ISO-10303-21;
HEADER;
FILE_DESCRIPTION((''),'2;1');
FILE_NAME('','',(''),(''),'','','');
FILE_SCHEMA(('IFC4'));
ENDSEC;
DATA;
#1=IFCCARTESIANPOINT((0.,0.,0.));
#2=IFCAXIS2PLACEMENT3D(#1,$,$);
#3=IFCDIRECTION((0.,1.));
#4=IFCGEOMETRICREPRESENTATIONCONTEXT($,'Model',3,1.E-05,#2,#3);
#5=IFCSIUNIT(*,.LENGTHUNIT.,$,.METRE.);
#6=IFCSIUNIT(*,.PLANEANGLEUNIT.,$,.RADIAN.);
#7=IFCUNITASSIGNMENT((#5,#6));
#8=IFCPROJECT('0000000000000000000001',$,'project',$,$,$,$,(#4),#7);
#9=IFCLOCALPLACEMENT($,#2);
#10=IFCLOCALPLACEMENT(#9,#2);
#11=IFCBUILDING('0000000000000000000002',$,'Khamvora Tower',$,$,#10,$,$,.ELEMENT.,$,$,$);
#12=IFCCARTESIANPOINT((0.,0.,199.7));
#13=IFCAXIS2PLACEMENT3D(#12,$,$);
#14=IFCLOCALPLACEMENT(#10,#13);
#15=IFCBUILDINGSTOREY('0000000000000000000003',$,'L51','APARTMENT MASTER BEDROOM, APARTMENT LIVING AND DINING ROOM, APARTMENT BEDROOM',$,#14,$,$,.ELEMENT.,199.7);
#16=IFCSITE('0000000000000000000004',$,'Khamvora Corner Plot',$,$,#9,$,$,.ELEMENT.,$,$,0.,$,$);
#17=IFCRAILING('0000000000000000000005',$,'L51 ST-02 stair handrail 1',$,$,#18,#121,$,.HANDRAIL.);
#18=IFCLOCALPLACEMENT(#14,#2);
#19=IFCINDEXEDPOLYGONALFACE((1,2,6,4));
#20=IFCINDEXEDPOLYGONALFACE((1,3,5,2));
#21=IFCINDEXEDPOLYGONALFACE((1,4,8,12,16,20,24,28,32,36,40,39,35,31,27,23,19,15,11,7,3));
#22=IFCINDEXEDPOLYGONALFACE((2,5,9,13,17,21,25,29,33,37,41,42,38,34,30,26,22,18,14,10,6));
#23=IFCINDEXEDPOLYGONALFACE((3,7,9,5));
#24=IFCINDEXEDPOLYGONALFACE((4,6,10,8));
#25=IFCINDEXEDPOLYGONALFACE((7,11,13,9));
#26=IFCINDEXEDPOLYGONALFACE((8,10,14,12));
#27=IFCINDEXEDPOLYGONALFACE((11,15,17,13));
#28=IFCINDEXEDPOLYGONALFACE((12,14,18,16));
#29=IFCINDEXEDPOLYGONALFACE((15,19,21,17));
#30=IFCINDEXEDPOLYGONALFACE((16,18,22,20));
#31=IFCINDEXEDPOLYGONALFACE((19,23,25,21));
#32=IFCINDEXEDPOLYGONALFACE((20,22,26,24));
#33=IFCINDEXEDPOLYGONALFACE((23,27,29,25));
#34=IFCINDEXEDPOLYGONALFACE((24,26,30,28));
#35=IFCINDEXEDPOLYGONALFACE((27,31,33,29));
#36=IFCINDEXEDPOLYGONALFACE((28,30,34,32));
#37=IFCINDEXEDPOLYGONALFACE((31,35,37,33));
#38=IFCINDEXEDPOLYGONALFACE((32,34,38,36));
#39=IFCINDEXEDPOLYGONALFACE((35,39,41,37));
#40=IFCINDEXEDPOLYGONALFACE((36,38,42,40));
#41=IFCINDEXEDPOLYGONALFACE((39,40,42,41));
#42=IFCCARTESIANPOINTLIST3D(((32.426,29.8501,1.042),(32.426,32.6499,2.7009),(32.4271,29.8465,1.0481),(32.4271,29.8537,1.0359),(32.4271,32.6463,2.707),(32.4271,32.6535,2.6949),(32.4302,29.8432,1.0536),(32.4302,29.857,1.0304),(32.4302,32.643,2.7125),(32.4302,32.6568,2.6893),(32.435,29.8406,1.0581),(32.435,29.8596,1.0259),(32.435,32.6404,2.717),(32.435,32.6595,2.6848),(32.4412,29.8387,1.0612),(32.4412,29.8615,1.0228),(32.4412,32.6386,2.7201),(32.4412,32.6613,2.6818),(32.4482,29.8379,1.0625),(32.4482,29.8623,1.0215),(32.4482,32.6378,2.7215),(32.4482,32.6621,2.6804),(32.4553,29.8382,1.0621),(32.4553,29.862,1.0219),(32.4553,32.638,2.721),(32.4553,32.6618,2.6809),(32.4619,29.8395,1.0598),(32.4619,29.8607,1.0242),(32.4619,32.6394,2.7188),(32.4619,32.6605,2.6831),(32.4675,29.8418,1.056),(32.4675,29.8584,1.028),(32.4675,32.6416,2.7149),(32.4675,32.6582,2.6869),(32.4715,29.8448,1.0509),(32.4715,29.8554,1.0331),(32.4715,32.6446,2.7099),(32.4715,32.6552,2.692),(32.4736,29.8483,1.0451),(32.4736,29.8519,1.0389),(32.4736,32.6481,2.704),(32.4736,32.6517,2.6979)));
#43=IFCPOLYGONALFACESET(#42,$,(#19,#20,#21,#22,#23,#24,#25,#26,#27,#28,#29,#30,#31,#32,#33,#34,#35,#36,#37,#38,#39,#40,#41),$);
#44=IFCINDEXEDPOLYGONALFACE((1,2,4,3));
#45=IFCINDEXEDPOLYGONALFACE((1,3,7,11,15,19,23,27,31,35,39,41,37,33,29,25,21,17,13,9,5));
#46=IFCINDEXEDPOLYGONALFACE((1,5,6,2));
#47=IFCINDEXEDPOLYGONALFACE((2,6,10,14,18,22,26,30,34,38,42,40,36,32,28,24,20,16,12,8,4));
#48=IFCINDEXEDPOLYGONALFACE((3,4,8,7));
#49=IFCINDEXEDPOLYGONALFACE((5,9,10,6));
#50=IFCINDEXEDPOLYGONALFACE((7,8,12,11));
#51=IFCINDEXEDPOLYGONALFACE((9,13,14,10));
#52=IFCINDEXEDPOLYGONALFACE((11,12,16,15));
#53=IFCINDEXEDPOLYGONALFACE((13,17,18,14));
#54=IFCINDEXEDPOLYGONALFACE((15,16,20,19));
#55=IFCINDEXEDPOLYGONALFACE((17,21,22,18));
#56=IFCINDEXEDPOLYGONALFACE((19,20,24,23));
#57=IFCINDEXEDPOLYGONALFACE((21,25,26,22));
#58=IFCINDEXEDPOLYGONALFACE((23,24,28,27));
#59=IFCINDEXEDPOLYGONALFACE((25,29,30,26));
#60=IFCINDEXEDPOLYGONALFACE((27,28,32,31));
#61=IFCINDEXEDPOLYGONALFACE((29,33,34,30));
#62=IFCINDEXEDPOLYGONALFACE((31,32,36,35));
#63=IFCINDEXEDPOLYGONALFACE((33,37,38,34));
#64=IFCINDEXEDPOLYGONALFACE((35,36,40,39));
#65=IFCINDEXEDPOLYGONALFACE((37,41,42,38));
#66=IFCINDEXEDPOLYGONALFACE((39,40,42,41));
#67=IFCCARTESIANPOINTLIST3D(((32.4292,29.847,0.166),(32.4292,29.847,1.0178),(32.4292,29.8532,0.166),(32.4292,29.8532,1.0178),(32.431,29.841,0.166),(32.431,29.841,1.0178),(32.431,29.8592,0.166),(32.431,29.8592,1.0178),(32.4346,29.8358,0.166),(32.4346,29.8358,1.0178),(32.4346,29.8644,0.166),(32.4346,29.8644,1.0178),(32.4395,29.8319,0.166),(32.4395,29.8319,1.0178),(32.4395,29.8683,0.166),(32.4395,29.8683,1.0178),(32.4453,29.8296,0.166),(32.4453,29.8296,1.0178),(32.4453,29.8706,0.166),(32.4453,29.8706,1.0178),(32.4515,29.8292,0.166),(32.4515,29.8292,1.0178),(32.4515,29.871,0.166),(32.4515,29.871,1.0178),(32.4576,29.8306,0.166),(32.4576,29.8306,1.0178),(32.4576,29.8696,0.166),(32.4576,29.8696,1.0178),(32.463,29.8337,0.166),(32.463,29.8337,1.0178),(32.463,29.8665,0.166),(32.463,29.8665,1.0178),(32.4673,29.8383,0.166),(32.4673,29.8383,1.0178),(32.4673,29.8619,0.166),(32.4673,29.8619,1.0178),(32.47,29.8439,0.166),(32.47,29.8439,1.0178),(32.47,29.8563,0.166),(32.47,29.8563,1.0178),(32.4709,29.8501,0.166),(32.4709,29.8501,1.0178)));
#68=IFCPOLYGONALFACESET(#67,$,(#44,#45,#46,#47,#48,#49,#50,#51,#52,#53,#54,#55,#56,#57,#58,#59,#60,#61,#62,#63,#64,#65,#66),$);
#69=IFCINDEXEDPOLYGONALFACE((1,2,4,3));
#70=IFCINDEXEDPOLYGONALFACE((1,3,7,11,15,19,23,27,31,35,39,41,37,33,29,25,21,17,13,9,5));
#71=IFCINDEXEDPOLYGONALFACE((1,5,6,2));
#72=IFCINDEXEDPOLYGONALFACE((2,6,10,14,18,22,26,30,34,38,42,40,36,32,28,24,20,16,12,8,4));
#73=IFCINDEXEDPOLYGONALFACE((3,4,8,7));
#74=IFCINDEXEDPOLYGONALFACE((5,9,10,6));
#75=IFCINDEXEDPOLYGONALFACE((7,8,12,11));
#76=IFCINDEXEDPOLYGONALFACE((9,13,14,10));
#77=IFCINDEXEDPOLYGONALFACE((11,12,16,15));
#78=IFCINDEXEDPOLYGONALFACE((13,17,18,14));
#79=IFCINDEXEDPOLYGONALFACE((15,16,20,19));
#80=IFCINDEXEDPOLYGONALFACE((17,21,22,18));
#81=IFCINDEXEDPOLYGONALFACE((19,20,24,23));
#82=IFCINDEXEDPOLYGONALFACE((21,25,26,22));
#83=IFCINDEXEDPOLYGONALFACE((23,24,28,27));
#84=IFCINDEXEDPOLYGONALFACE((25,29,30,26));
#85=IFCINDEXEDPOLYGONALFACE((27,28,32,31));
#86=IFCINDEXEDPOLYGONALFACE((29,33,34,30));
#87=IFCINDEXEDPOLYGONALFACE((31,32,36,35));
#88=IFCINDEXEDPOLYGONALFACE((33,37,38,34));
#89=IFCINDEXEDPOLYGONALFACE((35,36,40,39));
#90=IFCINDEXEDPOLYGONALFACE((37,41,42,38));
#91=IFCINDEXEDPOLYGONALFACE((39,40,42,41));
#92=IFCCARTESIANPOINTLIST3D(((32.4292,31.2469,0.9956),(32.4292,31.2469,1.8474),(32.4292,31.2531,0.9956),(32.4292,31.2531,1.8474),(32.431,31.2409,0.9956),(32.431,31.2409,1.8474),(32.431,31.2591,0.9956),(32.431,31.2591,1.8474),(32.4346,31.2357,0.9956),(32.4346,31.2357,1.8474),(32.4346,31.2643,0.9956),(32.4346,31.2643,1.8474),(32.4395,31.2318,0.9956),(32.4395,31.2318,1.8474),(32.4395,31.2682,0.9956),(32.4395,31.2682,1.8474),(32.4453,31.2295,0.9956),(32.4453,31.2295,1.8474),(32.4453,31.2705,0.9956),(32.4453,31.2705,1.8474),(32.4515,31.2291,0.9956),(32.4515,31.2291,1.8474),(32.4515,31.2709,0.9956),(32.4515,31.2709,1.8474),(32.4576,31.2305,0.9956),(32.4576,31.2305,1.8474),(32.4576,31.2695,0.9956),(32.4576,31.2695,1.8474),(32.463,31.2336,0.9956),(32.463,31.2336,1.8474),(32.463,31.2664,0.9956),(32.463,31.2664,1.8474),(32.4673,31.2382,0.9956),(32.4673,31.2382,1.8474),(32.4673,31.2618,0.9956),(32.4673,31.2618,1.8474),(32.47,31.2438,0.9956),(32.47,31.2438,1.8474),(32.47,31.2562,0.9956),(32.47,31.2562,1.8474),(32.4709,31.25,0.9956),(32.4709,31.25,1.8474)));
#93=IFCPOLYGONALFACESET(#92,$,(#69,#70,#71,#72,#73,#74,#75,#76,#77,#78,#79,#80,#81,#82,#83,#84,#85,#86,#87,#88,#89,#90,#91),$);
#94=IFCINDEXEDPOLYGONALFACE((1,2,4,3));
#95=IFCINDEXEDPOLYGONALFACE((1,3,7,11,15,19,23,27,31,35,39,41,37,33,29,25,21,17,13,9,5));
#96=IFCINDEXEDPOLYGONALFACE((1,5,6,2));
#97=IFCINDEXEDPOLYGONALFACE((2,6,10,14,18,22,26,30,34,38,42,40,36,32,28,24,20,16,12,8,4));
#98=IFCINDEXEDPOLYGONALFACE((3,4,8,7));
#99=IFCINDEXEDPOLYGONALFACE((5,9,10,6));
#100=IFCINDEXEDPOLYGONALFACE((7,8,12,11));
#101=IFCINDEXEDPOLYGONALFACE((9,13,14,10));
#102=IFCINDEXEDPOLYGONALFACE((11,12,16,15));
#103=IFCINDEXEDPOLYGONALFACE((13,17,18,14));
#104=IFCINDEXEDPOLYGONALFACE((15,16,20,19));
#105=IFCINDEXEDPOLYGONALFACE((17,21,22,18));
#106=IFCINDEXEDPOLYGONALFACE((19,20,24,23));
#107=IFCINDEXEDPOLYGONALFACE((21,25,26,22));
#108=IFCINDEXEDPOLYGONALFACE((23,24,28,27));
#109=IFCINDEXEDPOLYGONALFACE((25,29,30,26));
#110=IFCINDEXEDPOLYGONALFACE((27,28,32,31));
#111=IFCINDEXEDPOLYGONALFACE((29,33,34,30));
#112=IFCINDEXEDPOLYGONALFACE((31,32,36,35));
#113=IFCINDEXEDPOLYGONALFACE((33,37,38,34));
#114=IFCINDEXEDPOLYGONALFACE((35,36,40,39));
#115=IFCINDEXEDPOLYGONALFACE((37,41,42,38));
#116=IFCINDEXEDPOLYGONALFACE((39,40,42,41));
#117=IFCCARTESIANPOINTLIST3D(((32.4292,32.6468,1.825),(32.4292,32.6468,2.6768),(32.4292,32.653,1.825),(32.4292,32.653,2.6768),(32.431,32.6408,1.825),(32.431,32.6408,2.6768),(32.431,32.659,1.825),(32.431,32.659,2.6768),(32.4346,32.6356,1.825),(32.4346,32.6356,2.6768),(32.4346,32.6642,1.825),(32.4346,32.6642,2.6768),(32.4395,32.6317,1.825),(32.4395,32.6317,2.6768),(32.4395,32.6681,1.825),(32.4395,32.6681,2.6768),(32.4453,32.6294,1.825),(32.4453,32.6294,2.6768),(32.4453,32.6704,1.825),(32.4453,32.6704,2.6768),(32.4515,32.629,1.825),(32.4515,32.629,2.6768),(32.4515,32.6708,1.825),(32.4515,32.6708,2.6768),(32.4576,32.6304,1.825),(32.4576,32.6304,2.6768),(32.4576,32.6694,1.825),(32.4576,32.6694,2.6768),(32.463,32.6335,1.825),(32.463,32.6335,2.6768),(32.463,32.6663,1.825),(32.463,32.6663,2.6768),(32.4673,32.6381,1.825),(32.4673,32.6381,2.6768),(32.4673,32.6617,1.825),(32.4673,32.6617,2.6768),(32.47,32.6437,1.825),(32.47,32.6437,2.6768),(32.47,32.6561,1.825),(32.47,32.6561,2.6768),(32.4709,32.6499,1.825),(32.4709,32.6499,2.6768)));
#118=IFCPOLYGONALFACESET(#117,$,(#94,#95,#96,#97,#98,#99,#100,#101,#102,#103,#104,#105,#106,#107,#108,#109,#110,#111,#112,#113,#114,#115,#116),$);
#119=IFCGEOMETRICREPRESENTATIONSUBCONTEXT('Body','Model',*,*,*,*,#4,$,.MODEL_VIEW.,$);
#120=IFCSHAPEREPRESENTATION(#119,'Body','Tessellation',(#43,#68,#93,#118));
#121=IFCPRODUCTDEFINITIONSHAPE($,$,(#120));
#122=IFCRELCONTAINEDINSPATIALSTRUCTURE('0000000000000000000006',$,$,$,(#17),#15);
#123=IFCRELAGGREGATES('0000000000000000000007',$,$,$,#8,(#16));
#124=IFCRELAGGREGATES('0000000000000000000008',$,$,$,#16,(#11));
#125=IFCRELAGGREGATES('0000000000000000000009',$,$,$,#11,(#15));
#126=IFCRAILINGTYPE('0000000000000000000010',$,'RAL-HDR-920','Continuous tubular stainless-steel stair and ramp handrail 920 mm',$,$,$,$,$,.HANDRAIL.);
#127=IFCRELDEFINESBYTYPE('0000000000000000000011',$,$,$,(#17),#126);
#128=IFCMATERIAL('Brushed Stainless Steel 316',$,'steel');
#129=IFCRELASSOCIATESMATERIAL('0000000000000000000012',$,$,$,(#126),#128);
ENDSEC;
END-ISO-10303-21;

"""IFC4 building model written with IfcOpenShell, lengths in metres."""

from ifc_helpers import new_model, si_unit, direction, frame, origin, origin_2d, place, context, subcontext, project, spatial, circle, extrude, material, type_object, element, save


model = new_model("IFC4")

# Units and contexts
model_context = context("Model", 3, precision=1e-05, world=origin(), true_north=direction((0.0, 1.0)))
body_context = subcontext(model_context, "Body", "Model", "MODEL_VIEW")
ifc_project = project(units=[si_unit("LENGTHUNIT", "METRE"), si_unit("PLANEANGLEUNIT", "RADIAN")], contexts=[model_context])

# Site, building, storey
site_placement = place(None, origin())
site = spatial("IfcSite", under=ifc_project, at=site_placement, Name="Khamvora Corner Plot", CompositionType="ELEMENT", RefElevation=0.0)
building_placement = place(site_placement, origin())
building = spatial("IfcBuilding", under=site, at=building_placement, Name="Khamvora Tower", CompositionType="ELEMENT")
storey_placement = place(building_placement, frame((0.0, 0.0, 199.7)))
storey = spatial("IfcBuildingStorey", under=building, at=storey_placement, Name="L51", Description="APARTMENT MASTER BEDROOM, APARTMENT LIVING AND DINING ROOM, APARTMENT BEDROOM", CompositionType="ELEMENT", Elevation=199.7)

# Railing
ifc_material_1 = material(Name="Brushed Stainless Steel 316", Category="steel")
railing_type_1 = type_object("IfcRailingType", Name="RAL-HDR-920", Description="Continuous tubular stainless-steel stair and ramp handrail 920 mm", PredefinedType="HANDRAIL", material=ifc_material_1)
railing_1_placement = place(storey_placement, frame((32.45, 29.8501, 0.166)))
element("IfcRailing", 1, at=railing_1_placement, inside=storey, type_object=railing_type_1, Name="L51 ST-02 stair handrail 1", PredefinedType="HANDRAIL", context=body_context, shape_type="SweptSolid", body=[
    extrude(circle(Radius=0.0239, at=origin_2d()), frame((0.0, 0.0, 0.876), z_axis=(0.0, 0.86032, 0.509755), x_axis=(-1.0, 0.0, 0.0)), (0.0, 0.0, 1.0), 3.2544),
    extrude(circle(Radius=0.021, at=origin_2d()), origin(), (0.0, 0.0, 1.0), 0.8518),
    extrude(circle(Radius=0.021, at=origin_2d()), frame((0.0, 1.3999, 0.8296)), (0.0, 0.0, 1.0), 0.8518),
    extrude(circle(Radius=0.021, at=origin_2d()), frame((0.0, 2.7998, 1.6589)), (0.0, 0.0, 1.0), 0.8518),
])

save(model, "model.ifc")
